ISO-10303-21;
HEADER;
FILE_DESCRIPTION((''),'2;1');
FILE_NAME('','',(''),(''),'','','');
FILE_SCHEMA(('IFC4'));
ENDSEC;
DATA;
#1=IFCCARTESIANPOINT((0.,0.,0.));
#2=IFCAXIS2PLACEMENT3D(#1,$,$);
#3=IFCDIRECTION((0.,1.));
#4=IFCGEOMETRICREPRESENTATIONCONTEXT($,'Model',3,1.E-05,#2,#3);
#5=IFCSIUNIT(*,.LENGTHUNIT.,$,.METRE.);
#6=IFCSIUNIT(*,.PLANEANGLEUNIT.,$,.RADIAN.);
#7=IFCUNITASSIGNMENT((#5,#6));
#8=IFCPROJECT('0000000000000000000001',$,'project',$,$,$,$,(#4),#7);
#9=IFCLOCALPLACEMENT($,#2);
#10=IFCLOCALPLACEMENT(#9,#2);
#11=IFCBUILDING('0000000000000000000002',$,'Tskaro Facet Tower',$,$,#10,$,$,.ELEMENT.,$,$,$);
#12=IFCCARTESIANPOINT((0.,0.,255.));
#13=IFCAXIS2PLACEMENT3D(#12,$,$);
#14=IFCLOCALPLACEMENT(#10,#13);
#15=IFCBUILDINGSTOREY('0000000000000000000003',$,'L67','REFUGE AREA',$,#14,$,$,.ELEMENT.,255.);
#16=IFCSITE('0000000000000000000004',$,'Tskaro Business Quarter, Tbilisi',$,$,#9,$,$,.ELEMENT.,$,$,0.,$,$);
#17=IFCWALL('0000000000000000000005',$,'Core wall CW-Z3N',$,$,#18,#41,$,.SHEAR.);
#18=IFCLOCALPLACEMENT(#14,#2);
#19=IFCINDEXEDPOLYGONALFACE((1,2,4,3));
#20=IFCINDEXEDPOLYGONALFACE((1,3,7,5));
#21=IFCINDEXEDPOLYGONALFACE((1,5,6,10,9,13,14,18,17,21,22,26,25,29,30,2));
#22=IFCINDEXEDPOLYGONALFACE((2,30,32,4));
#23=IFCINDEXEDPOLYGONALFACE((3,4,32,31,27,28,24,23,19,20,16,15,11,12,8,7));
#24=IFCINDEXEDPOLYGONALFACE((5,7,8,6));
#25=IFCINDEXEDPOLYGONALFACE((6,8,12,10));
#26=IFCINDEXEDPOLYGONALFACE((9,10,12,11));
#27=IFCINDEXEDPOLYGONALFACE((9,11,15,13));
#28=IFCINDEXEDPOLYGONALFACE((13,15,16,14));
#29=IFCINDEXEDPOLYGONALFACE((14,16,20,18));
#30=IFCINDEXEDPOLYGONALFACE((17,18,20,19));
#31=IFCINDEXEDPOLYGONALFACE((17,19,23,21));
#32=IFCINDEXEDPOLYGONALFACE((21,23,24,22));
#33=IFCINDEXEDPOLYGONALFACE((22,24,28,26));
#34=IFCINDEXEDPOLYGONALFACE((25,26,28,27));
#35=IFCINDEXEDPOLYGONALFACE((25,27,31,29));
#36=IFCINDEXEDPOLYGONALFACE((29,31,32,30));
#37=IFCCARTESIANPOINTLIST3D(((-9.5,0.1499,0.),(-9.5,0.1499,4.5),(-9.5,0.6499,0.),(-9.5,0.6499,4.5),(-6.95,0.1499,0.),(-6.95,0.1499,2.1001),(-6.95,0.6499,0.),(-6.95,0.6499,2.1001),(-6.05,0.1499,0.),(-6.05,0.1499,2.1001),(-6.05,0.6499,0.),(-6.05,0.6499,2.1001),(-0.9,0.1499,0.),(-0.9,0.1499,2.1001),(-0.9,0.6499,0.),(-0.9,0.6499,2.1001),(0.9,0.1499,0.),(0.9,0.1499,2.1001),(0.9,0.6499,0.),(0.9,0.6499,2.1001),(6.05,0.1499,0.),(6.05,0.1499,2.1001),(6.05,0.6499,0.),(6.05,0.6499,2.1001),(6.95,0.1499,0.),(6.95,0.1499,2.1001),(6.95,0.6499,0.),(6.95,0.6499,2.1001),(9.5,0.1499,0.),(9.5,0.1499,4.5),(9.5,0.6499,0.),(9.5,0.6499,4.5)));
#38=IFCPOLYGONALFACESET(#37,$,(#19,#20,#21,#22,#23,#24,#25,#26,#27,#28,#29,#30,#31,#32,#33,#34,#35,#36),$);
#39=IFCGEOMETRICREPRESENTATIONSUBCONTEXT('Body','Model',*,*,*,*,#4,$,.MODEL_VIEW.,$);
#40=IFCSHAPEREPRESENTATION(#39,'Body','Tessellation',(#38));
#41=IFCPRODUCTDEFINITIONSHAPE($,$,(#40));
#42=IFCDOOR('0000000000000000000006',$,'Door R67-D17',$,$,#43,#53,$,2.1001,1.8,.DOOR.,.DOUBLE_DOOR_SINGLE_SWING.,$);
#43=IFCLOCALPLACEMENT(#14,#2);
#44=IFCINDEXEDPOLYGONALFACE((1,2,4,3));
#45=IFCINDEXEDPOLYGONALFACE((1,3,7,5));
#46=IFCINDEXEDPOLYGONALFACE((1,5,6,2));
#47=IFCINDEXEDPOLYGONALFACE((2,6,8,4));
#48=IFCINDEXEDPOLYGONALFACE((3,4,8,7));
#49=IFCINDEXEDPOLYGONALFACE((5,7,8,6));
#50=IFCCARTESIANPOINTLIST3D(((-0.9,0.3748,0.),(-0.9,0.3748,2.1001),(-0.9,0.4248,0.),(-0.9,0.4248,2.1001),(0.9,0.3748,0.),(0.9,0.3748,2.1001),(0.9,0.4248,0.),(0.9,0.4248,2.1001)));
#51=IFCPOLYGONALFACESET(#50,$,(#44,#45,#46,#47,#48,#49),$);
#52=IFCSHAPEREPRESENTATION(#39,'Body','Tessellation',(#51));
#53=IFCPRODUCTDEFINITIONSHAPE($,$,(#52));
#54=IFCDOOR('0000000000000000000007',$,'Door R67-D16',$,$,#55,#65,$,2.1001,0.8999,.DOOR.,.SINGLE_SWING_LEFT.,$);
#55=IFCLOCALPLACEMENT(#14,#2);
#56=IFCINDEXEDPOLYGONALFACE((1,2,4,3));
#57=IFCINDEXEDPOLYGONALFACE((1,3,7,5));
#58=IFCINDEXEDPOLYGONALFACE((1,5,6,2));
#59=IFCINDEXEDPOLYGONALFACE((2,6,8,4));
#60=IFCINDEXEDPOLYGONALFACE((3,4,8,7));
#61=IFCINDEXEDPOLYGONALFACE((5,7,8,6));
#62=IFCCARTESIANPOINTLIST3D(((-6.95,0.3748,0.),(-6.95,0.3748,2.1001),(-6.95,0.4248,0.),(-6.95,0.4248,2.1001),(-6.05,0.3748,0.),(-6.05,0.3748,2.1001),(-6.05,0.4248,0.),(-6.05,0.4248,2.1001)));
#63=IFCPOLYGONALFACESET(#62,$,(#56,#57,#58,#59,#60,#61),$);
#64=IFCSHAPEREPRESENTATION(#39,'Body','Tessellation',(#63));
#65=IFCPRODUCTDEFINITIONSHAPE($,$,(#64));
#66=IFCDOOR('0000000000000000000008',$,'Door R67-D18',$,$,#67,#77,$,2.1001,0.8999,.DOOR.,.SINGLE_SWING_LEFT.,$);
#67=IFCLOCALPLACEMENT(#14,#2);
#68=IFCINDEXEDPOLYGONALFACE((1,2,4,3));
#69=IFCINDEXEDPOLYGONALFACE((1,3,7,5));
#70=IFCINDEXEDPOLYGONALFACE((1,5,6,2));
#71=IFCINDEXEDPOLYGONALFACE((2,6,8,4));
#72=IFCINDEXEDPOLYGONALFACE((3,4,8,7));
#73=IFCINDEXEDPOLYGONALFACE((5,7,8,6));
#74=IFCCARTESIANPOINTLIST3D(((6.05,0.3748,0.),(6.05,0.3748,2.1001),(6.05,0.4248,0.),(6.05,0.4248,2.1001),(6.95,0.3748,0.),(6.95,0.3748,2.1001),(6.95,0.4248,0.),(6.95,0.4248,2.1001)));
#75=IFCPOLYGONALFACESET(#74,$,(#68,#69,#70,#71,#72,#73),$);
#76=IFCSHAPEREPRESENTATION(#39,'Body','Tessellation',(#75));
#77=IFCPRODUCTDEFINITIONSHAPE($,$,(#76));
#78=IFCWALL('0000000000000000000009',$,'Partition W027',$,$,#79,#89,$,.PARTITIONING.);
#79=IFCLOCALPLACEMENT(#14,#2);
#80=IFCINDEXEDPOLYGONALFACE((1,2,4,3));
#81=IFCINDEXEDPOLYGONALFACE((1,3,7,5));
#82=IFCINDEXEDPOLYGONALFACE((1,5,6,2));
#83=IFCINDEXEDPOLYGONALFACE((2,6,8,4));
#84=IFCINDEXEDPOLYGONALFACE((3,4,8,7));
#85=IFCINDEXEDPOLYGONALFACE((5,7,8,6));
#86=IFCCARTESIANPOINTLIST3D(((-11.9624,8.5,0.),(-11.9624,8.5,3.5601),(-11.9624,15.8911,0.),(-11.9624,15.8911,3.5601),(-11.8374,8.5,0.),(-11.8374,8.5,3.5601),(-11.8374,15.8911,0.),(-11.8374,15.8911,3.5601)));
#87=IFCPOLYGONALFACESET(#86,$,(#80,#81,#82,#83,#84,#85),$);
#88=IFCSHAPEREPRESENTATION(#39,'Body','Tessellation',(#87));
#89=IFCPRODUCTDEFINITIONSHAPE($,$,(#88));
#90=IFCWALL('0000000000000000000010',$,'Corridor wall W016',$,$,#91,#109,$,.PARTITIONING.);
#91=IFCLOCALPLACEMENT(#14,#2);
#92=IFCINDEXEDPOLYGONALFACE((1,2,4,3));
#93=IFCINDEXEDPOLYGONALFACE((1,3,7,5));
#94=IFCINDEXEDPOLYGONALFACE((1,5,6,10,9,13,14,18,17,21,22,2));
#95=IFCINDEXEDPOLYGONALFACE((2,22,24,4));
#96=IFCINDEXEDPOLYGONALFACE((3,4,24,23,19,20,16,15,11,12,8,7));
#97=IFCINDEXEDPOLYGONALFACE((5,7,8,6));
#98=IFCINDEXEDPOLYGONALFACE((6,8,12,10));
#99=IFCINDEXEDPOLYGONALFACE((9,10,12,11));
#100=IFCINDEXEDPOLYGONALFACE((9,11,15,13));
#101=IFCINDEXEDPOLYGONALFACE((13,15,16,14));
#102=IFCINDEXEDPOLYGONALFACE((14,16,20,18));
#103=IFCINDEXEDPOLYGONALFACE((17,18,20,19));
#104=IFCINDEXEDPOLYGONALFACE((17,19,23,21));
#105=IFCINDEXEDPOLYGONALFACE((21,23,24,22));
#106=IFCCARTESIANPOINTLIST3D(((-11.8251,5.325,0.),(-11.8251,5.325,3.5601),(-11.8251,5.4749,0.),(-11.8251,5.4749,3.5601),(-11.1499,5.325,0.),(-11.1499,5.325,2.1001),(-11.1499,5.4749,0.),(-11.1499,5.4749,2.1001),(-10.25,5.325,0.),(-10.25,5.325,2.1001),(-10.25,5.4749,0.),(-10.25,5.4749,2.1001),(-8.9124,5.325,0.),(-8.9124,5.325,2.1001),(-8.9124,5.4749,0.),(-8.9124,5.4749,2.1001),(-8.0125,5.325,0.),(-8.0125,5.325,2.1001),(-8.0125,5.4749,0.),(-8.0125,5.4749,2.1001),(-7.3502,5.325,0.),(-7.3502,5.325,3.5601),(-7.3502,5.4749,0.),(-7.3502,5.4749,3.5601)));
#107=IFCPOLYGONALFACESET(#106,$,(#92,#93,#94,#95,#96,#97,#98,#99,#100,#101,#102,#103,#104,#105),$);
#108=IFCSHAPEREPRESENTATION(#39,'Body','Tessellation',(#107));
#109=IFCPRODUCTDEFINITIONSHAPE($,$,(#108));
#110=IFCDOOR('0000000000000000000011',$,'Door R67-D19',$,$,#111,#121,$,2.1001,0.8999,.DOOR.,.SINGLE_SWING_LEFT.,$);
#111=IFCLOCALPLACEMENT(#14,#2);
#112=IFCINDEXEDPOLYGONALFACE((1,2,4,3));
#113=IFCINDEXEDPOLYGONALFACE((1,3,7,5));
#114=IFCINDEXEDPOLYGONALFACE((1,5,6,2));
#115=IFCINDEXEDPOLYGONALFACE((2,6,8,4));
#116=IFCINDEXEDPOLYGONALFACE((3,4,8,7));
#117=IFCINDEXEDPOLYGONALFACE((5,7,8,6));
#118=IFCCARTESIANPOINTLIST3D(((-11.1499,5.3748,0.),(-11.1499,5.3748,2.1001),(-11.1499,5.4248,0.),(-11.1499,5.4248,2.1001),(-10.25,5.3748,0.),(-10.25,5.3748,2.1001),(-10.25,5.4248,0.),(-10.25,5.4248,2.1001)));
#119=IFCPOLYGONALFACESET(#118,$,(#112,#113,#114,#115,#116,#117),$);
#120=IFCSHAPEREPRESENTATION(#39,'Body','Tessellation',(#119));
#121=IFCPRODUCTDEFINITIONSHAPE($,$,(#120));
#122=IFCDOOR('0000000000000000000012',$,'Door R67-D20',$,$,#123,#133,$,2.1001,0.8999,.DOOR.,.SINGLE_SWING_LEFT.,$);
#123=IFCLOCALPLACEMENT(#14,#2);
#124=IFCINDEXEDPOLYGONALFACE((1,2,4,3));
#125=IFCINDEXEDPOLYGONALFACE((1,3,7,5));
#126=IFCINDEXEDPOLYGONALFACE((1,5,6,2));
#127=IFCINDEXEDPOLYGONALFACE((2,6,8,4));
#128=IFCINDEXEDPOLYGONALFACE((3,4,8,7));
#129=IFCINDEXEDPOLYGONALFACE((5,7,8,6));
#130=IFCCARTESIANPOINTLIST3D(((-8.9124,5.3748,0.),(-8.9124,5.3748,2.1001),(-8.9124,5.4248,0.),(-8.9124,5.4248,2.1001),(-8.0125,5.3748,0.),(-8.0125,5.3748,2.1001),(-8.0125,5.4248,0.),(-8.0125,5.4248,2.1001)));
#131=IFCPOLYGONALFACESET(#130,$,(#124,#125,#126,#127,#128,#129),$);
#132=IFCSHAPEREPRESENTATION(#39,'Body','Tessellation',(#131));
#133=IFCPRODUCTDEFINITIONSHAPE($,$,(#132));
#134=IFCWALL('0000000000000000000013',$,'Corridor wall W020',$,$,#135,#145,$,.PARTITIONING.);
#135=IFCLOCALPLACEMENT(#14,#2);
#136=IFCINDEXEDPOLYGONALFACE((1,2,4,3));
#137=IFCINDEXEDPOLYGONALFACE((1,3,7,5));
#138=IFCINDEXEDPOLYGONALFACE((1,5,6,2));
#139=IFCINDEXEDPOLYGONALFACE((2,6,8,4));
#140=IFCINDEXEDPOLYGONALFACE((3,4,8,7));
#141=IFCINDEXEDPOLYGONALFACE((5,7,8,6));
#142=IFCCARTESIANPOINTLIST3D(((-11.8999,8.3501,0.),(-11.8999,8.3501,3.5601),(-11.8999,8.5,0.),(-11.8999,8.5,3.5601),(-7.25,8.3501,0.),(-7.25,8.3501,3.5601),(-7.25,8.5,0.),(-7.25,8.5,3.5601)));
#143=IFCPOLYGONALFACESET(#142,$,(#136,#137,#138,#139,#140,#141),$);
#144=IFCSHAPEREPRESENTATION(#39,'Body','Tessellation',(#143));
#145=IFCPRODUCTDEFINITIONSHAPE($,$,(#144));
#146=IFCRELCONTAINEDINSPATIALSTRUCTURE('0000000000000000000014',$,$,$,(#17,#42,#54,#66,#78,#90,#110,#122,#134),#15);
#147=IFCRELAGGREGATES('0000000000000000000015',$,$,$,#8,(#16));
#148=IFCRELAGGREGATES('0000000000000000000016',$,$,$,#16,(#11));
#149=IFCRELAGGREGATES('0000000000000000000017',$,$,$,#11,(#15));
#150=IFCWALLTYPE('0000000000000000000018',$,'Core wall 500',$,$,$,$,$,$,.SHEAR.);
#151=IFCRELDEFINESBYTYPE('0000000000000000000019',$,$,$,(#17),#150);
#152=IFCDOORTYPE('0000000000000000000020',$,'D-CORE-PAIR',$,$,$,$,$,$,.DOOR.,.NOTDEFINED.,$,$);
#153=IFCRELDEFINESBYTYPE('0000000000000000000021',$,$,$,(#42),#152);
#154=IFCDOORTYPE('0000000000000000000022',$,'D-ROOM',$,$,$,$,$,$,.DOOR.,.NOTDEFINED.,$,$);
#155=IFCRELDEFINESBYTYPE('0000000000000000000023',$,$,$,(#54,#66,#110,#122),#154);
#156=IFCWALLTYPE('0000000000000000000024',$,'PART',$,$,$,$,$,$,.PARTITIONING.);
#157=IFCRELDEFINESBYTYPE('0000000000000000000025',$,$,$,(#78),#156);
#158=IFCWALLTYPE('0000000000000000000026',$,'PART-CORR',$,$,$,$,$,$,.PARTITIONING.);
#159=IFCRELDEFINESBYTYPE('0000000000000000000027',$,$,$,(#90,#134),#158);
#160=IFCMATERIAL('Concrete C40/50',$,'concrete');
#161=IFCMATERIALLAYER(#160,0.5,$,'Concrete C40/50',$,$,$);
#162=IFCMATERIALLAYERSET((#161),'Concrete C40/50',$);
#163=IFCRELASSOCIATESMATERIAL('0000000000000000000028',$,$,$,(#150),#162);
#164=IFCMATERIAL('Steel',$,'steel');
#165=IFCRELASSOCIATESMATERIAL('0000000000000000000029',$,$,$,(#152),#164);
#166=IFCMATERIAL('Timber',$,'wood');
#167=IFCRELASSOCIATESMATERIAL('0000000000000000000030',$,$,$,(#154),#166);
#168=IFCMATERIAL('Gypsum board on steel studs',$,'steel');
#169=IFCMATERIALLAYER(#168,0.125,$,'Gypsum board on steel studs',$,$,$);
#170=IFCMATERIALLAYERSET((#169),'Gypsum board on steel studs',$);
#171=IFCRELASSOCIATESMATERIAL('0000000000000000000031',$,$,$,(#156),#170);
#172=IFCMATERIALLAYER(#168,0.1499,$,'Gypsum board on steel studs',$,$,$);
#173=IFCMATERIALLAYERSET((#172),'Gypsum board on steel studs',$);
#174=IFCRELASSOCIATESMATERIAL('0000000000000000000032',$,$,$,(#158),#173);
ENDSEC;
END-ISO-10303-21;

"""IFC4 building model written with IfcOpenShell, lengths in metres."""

from ifc_helpers import new_model, si_unit, direction, frame, frame_2d, origin, place, context, subcontext, project, spatial, rectangle, extrude, material, layer, layer_set, type_object, element, fill, save


model = new_model("IFC4")

# Units and contexts
model_context = context("Model", 3, precision=1e-05, world=origin(), true_north=direction((0.0, 1.0)))
body_context = subcontext(model_context, "Body", "Model", "MODEL_VIEW")
ifc_project = project(units=[si_unit("LENGTHUNIT", "METRE"), si_unit("PLANEANGLEUNIT", "RADIAN")], contexts=[model_context])

# Site, building, storey
site_placement = place(None, origin())
site = spatial("IfcSite", under=ifc_project, at=site_placement, Name="Tskaro Business Quarter, Tbilisi", CompositionType="ELEMENT", RefElevation=0.0)
building_placement = place(site_placement, origin())
building = spatial("IfcBuilding", under=site, at=building_placement, Name="Tskaro Facet Tower", CompositionType="ELEMENT")
storey_placement = place(building_placement, frame((0.0, 0.0, 255.0)))
storey = spatial("IfcBuildingStorey", under=building, at=storey_placement, Name="L67", Description="REFUGE AREA", CompositionType="ELEMENT", Elevation=255.0)

# Wall, openings, doors
ifc_material_1 = material(Name="Concrete C40/50", Category="concrete")
ifc_layer_1 = layer(ifc_material_1, 0.5, Name="Concrete C40/50")
ifc_layer_set_1 = layer_set([ifc_layer_1], Name="Concrete C40/50")
wall_type_1 = type_object("IfcWallType", Name="Core wall 500", PredefinedType="SHEAR", material=ifc_layer_set_1)
wall_1_placement = place(storey_placement, frame((-9.5, 0.3999, 0.0), z_axis=(0.0, 0.0, 1.0), x_axis=(1.0, 0.0, 0.0)))
wall_1 = element("IfcWall", 1, at=wall_1_placement, inside=storey, type_object=wall_type_1, Name="Core wall CW-Z3N", PredefinedType="SHEAR", context=body_context, shape_type="SweptSolid", body=[
    extrude(rectangle(XDim=19.0, YDim=0.5, at=frame_2d((9.5, 0.0))), origin(), (0.0, 0.0, 1.0), 4.5),
])
opening_1_placement = place(wall_1_placement, frame((8.6001, 0.0, 0.0)))
opening_1 = element("IfcOpeningElement", 2, at=opening_1_placement, cuts=wall_1, PredefinedType="OPENING", context=body_context, shape_type="SweptSolid", body=[
    extrude(rectangle(XDim=1.8, YDim=2.1001, at=frame_2d((0.8999, 1.05))), frame((0.0, 0.26, 0.0), z_axis=(0.0, -1.0, 0.0), x_axis=(1.0, 0.0, 0.0)), (0.0, 0.0, 1.0), 0.52),
])
opening_2_placement = place(wall_1_placement, frame((2.55, 0.0, 0.0)))
opening_2 = element("IfcOpeningElement", 3, at=opening_2_placement, cuts=wall_1, PredefinedType="OPENING", context=body_context, shape_type="SweptSolid", body=[
    extrude(rectangle(XDim=0.8999, YDim=2.1001, at=frame_2d((0.45, 1.05))), frame((0.0, 0.26, 0.0), z_axis=(0.0, -1.0, 0.0), x_axis=(1.0, 0.0, 0.0)), (0.0, 0.0, 1.0), 0.52),
])
opening_3_placement = place(wall_1_placement, frame((15.55, 0.0, 0.0)))
opening_3 = element("IfcOpeningElement", 4, at=opening_3_placement, cuts=wall_1, PredefinedType="OPENING", context=body_context, shape_type="SweptSolid", body=[
    extrude(rectangle(XDim=0.8999, YDim=2.1001, at=frame_2d((0.45, 1.05))), frame((0.0, 0.26, 0.0), z_axis=(0.0, -1.0, 0.0), x_axis=(1.0, 0.0, 0.0)), (0.0, 0.0, 1.0), 0.52),
])
ifc_material_2 = material(Name="Steel", Category="steel")
door_type_1 = type_object("IfcDoorType", Name="D-CORE-PAIR", OperationType="NOTDEFINED", PredefinedType="DOOR", material=ifc_material_2)
door_1_placement = place(opening_1_placement, origin())
door_1 = element("IfcDoor", 5, at=door_1_placement, inside=storey, type_object=door_type_1, Name="Door R67-D17", OperationType="DOUBLE_DOOR_SINGLE_SWING", OverallHeight=2.1001, OverallWidth=1.8, PredefinedType="DOOR", context=body_context, shape_type="SweptSolid", body=[
    extrude(rectangle(XDim=1.8, YDim=2.1001, at=frame_2d((0.8999, 1.05))), frame((0.0, 0.0249, 0.0), z_axis=(0.0, -1.0, 0.0), x_axis=(1.0, 0.0, 0.0)), (0.0, 0.0, 1.0), 0.05),
])
fill(opening_1, door_1)
ifc_material_3 = material(Name="Timber", Category="wood")
door_type_2 = type_object("IfcDoorType", Name="D-ROOM", OperationType="NOTDEFINED", PredefinedType="DOOR", material=ifc_material_3)
door_2_placement = place(opening_2_placement, origin())
door_2 = element("IfcDoor", 6, at=door_2_placement, inside=storey, type_object=door_type_2, Name="Door R67-D16", OperationType="SINGLE_SWING_LEFT", OverallHeight=2.1001, OverallWidth=0.8999, PredefinedType="DOOR", context=body_context, shape_type="SweptSolid", body=[
    extrude(rectangle(XDim=0.8999, YDim=2.1001, at=frame_2d((0.45, 1.05))), frame((0.0, 0.0249, 0.0), z_axis=(0.0, -1.0, 0.0), x_axis=(1.0, 0.0, 0.0)), (0.0, 0.0, 1.0), 0.05),
])
fill(opening_2, door_2)
door_3_placement = place(opening_3_placement, origin())
door_3 = element("IfcDoor", 7, at=door_3_placement, inside=storey, type_object=door_type_2, Name="Door R67-D18", OperationType="SINGLE_SWING_LEFT", OverallHeight=2.1001, OverallWidth=0.8999, PredefinedType="DOOR", context=body_context, shape_type="SweptSolid", body=[
    extrude(rectangle(XDim=0.8999, YDim=2.1001, at=frame_2d((0.45, 1.05))), frame((0.0, 0.0249, 0.0), z_axis=(0.0, -1.0, 0.0), x_axis=(1.0, 0.0, 0.0)), (0.0, 0.0, 1.0), 0.05),
])
fill(opening_3, door_3)

# Wall
ifc_material_4 = material(Name="Gypsum board on steel studs", Category="steel")
ifc_layer_2 = layer(ifc_material_4, 0.125, Name="Gypsum board on steel studs")
ifc_layer_set_2 = layer_set([ifc_layer_2], Name="Gypsum board on steel studs")
wall_type_2 = type_object("IfcWallType", Name="PART", PredefinedType="PARTITIONING", material=ifc_layer_set_2)
wall_2_placement = place(storey_placement, frame((-11.8999, 8.5, 0.0), z_axis=(0.0, 0.0, 1.0), x_axis=(0.0, 1.0, 0.0)))
element("IfcWall", 8, at=wall_2_placement, inside=storey, type_object=wall_type_2, Name="Partition W027", PredefinedType="PARTITIONING", context=body_context, shape_type="SweptSolid", body=[
    extrude(rectangle(XDim=7.3911, YDim=0.125, at=frame_2d((3.6956, 0.0))), origin(), (0.0, 0.0, 1.0), 3.5601),
])

# Wall, openings, doors
ifc_layer_3 = layer(ifc_material_4, 0.1499, Name="Gypsum board on steel studs")
ifc_layer_set_3 = layer_set([ifc_layer_3], Name="Gypsum board on steel studs")
wall_type_3 = type_object("IfcWallType", Name="PART-CORR", PredefinedType="PARTITIONING", material=ifc_layer_set_3)
wall_3_placement = place(storey_placement, frame((-11.825, 5.3999, 0.0), z_axis=(0.0, 0.0, 1.0), x_axis=(1.0, 0.0, 0.0)))
wall_3 = element("IfcWall", 9, at=wall_3_placement, inside=storey, type_object=wall_type_3, Name="Corridor wall W016", PredefinedType="PARTITIONING", context=body_context, shape_type="SweptSolid", body=[
    extrude(rectangle(XDim=4.4749, YDim=0.1499, at=frame_2d((2.2373, 0.0))), origin(), (0.0, 0.0, 1.0), 3.5601),
])
opening_4_placement = place(wall_3_placement, frame((0.675, 0.0, 0.0)))
opening_4 = element("IfcOpeningElement", 10, at=opening_4_placement, cuts=wall_3, PredefinedType="OPENING", context=body_context, shape_type="SweptSolid", body=[
    extrude(rectangle(XDim=0.8999, YDim=2.1001, at=frame_2d((0.45, 1.05))), frame((0.0, 0.085, 0.0), z_axis=(0.0, -1.0, 0.0), x_axis=(1.0, 0.0, 0.0)), (0.0, 0.0, 1.0), 0.1699),
])
opening_5_placement = place(wall_3_placement, frame((2.9126, 0.0, 0.0)))
opening_5 = element("IfcOpeningElement", 11, at=opening_5_placement, cuts=wall_3, PredefinedType="OPENING", context=body_context, shape_type="SweptSolid", body=[
    extrude(rectangle(XDim=0.8999, YDim=2.1001, at=frame_2d((0.45, 1.05))), frame((0.0, 0.085, 0.0), z_axis=(0.0, -1.0, 0.0), x_axis=(1.0, 0.0, 0.0)), (0.0, 0.0, 1.0), 0.1699),
])
door_4_placement = place(opening_4_placement, origin())
door_4 = element("IfcDoor", 12, at=door_4_placement, inside=storey, type_object=door_type_2, Name="Door R67-D19", OperationType="SINGLE_SWING_LEFT", OverallHeight=2.1001, OverallWidth=0.8999, PredefinedType="DOOR", context=body_context, shape_type="SweptSolid", body=[
    extrude(rectangle(XDim=0.8999, YDim=2.1001, at=frame_2d((0.45, 1.05))), frame((0.0, 0.0249, 0.0), z_axis=(0.0, -1.0, 0.0), x_axis=(1.0, 0.0, 0.0)), (0.0, 0.0, 1.0), 0.05),
])
fill(opening_4, door_4)
door_5_placement = place(opening_5_placement, origin())
door_5 = element("IfcDoor", 13, at=door_5_placement, inside=storey, type_object=door_type_2, Name="Door R67-D20", OperationType="SINGLE_SWING_LEFT", OverallHeight=2.1001, OverallWidth=0.8999, PredefinedType="DOOR", context=body_context, shape_type="SweptSolid", body=[
    extrude(rectangle(XDim=0.8999, YDim=2.1001, at=frame_2d((0.45, 1.05))), frame((0.0, 0.0249, 0.0), z_axis=(0.0, -1.0, 0.0), x_axis=(1.0, 0.0, 0.0)), (0.0, 0.0, 1.0), 0.05),
])
fill(opening_5, door_5)

# Wall
wall_4_placement = place(storey_placement, frame((-11.8999, 8.425, 0.0), z_axis=(0.0, 0.0, 1.0), x_axis=(1.0, 0.0, 0.0)))
element("IfcWall", 14, at=wall_4_placement, inside=storey, type_object=wall_type_3, Name="Corridor wall W020", PredefinedType="PARTITIONING", context=body_context, shape_type="SweptSolid", body=[
    extrude(rectangle(XDim=4.6499, YDim=0.1499, at=frame_2d((2.325, 0.0))), origin(), (0.0, 0.0, 1.0), 3.5601),
])

save(model, "model.ifc")
